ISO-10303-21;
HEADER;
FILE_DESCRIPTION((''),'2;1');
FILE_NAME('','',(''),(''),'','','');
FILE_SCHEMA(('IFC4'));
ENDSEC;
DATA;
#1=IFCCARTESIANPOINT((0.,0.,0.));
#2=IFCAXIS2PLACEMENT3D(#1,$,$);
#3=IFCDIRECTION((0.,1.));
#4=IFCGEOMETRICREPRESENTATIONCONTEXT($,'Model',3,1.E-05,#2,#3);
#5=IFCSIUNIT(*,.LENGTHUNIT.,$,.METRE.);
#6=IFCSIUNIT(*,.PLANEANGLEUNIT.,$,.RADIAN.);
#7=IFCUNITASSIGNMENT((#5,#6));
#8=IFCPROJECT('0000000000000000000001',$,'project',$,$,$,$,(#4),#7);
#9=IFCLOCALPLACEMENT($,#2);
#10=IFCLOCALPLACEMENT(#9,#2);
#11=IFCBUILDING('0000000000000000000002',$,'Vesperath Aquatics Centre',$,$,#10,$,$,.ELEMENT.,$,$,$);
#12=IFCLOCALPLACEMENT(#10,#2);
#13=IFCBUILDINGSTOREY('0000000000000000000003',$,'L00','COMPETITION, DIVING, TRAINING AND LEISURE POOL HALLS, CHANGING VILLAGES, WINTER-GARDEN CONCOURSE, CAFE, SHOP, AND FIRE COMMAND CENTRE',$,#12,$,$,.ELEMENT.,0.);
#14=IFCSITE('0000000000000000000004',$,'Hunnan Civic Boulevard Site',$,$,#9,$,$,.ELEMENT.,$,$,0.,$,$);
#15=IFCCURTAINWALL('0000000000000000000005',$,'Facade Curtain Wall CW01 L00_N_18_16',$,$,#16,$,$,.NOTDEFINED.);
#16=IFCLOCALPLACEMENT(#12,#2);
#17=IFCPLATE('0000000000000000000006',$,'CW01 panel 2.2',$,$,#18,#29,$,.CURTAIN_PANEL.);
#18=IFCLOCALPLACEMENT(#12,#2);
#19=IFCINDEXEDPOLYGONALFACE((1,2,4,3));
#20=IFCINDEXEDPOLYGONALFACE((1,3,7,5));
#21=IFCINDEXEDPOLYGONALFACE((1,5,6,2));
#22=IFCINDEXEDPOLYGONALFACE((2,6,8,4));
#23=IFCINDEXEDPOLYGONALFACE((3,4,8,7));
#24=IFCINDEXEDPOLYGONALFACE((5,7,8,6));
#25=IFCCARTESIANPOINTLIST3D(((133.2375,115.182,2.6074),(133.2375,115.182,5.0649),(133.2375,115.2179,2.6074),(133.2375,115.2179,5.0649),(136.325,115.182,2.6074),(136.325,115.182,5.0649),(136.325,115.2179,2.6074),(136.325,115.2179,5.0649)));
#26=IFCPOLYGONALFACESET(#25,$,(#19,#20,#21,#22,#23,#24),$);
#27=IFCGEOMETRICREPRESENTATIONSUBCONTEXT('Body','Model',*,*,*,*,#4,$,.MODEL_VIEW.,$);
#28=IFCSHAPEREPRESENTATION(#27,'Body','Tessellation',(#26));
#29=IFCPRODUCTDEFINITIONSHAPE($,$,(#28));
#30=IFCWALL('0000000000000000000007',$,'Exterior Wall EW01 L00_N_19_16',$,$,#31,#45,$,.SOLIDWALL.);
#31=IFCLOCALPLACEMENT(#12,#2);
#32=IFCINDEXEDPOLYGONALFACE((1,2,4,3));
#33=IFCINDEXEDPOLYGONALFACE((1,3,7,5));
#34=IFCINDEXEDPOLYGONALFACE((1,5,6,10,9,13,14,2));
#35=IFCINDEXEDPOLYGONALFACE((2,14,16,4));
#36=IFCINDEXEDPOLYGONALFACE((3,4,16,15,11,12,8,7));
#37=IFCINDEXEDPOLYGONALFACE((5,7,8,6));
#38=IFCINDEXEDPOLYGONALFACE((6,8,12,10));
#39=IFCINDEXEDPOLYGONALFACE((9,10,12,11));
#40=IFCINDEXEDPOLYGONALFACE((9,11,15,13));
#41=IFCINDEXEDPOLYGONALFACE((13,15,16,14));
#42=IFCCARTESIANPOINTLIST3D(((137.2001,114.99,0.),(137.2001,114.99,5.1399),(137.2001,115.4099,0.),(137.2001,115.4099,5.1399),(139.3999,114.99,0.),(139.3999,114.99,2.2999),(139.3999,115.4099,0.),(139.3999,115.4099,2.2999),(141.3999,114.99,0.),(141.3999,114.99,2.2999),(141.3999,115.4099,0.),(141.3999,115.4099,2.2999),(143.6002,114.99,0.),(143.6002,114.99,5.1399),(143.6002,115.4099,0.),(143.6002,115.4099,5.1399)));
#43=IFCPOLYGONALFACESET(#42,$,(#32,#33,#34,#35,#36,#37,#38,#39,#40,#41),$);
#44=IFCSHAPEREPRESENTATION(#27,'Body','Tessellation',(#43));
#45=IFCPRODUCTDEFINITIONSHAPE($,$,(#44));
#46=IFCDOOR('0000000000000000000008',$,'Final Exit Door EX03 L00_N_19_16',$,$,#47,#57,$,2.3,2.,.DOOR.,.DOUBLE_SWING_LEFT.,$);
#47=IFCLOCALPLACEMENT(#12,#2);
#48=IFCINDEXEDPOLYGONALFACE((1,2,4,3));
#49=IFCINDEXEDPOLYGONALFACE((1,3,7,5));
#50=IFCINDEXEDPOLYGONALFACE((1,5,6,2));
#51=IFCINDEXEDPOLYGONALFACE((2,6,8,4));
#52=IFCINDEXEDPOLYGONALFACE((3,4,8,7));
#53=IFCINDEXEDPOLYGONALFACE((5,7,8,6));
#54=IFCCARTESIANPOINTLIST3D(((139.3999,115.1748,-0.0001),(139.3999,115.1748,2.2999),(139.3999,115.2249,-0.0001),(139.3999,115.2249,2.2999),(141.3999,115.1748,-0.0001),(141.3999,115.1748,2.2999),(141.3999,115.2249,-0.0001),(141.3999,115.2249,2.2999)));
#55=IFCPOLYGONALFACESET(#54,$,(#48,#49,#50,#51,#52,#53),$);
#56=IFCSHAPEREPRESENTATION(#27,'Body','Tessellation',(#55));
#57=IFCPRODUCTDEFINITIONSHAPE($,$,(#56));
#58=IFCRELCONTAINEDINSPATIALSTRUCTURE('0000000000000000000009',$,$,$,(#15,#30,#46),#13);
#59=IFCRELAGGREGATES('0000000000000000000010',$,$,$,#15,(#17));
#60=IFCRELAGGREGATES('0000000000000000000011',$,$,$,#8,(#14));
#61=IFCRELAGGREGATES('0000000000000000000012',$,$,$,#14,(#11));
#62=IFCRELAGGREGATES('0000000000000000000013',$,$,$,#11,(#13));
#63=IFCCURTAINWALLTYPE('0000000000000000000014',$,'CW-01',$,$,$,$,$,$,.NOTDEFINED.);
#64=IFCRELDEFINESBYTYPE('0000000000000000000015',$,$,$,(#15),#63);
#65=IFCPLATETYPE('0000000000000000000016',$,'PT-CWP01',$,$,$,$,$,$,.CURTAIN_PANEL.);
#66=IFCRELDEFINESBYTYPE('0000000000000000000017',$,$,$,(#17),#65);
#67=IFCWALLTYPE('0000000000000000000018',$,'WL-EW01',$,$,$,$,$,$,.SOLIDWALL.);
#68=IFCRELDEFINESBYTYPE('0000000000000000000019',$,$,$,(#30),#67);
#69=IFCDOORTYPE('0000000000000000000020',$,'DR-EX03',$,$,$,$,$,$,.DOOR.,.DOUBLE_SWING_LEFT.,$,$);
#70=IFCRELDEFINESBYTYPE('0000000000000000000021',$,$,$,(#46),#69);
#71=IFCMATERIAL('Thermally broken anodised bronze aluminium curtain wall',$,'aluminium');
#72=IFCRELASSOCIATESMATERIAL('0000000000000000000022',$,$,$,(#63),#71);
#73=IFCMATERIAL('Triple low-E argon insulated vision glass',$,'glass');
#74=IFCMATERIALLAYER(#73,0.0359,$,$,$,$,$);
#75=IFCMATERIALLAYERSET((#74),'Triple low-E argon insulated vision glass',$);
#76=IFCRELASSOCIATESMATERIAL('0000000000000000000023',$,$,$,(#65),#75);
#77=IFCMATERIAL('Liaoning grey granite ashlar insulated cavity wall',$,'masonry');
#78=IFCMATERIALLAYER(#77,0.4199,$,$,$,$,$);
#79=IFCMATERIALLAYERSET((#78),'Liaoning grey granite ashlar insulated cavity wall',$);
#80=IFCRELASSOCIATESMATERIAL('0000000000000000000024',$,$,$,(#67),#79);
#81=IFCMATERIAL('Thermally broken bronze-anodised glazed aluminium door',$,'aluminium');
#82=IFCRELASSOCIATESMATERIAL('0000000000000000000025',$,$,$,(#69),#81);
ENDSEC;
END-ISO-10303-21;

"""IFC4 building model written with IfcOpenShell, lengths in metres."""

from ifc_helpers import new_model, si_unit, direction, frame, frame_2d, origin, origin_2d, place, context, subcontext, project, spatial, rectangle, extrude, material, layer, layer_set, type_object, element, fill, aggregate, save


model = new_model("IFC4")

# Units and contexts
model_context = context("Model", 3, precision=1e-05, world=origin(), true_north=direction((0.0, 1.0)))
body_context = subcontext(model_context, "Body", "Model", "MODEL_VIEW")
ifc_project = project(units=[si_unit("LENGTHUNIT", "METRE"), si_unit("PLANEANGLEUNIT", "RADIAN")], contexts=[model_context])

# Site, building, storey
site_placement = place(None, origin())
site = spatial("IfcSite", under=ifc_project, at=site_placement, Name="Hunnan Civic Boulevard Site", CompositionType="ELEMENT", RefElevation=0.0)
building_placement = place(site_placement, origin())
building = spatial("IfcBuilding", under=site, at=building_placement, Name="Vesperath Aquatics Centre", CompositionType="ELEMENT")
storey_placement = place(building_placement, origin())
storey = spatial("IfcBuildingStorey", under=building, at=storey_placement, Name="L00", Description="COMPETITION, DIVING, TRAINING AND LEISURE POOL HALLS, CHANGING VILLAGES, WINTER-GARDEN CONCOURSE, CAFE, SHOP, AND FIRE COMMAND CENTRE", CompositionType="ELEMENT", Elevation=0.0)

# Curtain wall
ifc_material_1 = material(Name="Thermally broken anodised bronze aluminium curtain wall", Category="aluminium")
curtain_wall_type = type_object("IfcCurtainWallType", Name="CW-01", PredefinedType="NOTDEFINED", material=ifc_material_1)
curtain_wall_1_placement = place(storey_placement, origin())
curtain_wall_1 = element("IfcCurtainWall", 1, at=curtain_wall_1_placement, inside=storey, type_object=curtain_wall_type, Name="Facade Curtain Wall CW01 L00_N_18_16", PredefinedType="NOTDEFINED")

# Plate
ifc_material_2 = material(Name="Triple low-E argon insulated vision glass", Category="glass")
ifc_layer_1 = layer(ifc_material_2, 0.0359)
ifc_layer_set_1 = layer_set([ifc_layer_1], Name="Triple low-E argon insulated vision glass")
plate_type = type_object("IfcPlateType", Name="PT-CWP01", PredefinedType="CURTAIN_PANEL", material=ifc_layer_set_1)
plate_1_placement = place(storey_placement, frame((134.7812, 115.2, 2.6074), z_axis=(0.0, 0.0, 1.0), x_axis=(1.0, 0.0, 0.0)))
plate_1 = element("IfcPlate", 2, at=plate_1_placement, type_object=plate_type, Name="CW01 panel 2.2", PredefinedType="CURTAIN_PANEL", context=body_context, shape_type="SweptSolid", body=[
    extrude(rectangle(XDim=3.0874, YDim=0.0359, at=origin_2d()), origin(), (0.0, 0.0, 1.0), 2.4575),
])
aggregate(curtain_wall_1, [plate_1])

# Wall, opening, door
ifc_material_3 = material(Name="Liaoning grey granite ashlar insulated cavity wall", Category="masonry")
ifc_layer_2 = layer(ifc_material_3, 0.4199)
ifc_layer_set_2 = layer_set([ifc_layer_2], Name="Liaoning grey granite ashlar insulated cavity wall")
wall_type = type_object("IfcWallType", Name="WL-EW01", PredefinedType="SOLIDWALL", material=ifc_layer_set_2)
ifc_material_4 = material(Name="Thermally broken bronze-anodised glazed aluminium door", Category="aluminium")
wall_1_placement = place(storey_placement, frame((137.2, 115.2, 0.0), z_axis=(0.0, 0.0, 1.0), x_axis=(1.0, 0.0, 0.0)))
wall_1 = element("IfcWall", 3, at=wall_1_placement, inside=storey, type_object=wall_type, Name="Exterior Wall EW01 L00_N_19_16", PredefinedType="SOLIDWALL", context=body_context, shape_type="SweptSolid", body=[
    extrude(rectangle(XDim=6.4001, YDim=0.4199, at=frame_2d((3.2002, 0.0))), origin(), (0.0, 0.0, 1.0), 5.1399),
])
opening_1_placement = place(wall_1_placement, frame((2.2, 0.0, 0.0)))
opening_1 = element("IfcOpeningElement", 4, at=opening_1_placement, cuts=wall_1, PredefinedType="OPENING", context=body_context, shape_type="SweptSolid", body=[
    extrude(rectangle(XDim=2.0, YDim=2.3, at=frame_2d((1.0, 1.1499))), frame((0.0, 0.2249, 0.0), z_axis=(0.0, -1.0, 0.0), x_axis=(1.0, 0.0, 0.0)), (0.0, 0.0, 1.0), 0.4497),
])
door_type_1 = type_object("IfcDoorType", Name="DR-EX03", OperationType="DOUBLE_SWING_LEFT", PredefinedType="DOOR", material=ifc_material_4)
door_1_placement = place(opening_1_placement, origin())
door_1 = element("IfcDoor", 5, at=door_1_placement, inside=storey, type_object=door_type_1, Name="Final Exit Door EX03 L00_N_19_16", OperationType="DOUBLE_SWING_LEFT", OverallHeight=2.3, OverallWidth=2.0, PredefinedType="DOOR", context=body_context, shape_type="SweptSolid", body=[
    extrude(rectangle(XDim=2.0, YDim=2.3, at=frame_2d((1.0, 1.1499))), frame((0.0, 0.0249, 0.0), z_axis=(0.0, -1.0, 0.0), x_axis=(1.0, 0.0, 0.0)), (0.0, 0.0, 1.0), 0.05),
])
fill(opening_1, door_1)

save(model, "model.ifc")
